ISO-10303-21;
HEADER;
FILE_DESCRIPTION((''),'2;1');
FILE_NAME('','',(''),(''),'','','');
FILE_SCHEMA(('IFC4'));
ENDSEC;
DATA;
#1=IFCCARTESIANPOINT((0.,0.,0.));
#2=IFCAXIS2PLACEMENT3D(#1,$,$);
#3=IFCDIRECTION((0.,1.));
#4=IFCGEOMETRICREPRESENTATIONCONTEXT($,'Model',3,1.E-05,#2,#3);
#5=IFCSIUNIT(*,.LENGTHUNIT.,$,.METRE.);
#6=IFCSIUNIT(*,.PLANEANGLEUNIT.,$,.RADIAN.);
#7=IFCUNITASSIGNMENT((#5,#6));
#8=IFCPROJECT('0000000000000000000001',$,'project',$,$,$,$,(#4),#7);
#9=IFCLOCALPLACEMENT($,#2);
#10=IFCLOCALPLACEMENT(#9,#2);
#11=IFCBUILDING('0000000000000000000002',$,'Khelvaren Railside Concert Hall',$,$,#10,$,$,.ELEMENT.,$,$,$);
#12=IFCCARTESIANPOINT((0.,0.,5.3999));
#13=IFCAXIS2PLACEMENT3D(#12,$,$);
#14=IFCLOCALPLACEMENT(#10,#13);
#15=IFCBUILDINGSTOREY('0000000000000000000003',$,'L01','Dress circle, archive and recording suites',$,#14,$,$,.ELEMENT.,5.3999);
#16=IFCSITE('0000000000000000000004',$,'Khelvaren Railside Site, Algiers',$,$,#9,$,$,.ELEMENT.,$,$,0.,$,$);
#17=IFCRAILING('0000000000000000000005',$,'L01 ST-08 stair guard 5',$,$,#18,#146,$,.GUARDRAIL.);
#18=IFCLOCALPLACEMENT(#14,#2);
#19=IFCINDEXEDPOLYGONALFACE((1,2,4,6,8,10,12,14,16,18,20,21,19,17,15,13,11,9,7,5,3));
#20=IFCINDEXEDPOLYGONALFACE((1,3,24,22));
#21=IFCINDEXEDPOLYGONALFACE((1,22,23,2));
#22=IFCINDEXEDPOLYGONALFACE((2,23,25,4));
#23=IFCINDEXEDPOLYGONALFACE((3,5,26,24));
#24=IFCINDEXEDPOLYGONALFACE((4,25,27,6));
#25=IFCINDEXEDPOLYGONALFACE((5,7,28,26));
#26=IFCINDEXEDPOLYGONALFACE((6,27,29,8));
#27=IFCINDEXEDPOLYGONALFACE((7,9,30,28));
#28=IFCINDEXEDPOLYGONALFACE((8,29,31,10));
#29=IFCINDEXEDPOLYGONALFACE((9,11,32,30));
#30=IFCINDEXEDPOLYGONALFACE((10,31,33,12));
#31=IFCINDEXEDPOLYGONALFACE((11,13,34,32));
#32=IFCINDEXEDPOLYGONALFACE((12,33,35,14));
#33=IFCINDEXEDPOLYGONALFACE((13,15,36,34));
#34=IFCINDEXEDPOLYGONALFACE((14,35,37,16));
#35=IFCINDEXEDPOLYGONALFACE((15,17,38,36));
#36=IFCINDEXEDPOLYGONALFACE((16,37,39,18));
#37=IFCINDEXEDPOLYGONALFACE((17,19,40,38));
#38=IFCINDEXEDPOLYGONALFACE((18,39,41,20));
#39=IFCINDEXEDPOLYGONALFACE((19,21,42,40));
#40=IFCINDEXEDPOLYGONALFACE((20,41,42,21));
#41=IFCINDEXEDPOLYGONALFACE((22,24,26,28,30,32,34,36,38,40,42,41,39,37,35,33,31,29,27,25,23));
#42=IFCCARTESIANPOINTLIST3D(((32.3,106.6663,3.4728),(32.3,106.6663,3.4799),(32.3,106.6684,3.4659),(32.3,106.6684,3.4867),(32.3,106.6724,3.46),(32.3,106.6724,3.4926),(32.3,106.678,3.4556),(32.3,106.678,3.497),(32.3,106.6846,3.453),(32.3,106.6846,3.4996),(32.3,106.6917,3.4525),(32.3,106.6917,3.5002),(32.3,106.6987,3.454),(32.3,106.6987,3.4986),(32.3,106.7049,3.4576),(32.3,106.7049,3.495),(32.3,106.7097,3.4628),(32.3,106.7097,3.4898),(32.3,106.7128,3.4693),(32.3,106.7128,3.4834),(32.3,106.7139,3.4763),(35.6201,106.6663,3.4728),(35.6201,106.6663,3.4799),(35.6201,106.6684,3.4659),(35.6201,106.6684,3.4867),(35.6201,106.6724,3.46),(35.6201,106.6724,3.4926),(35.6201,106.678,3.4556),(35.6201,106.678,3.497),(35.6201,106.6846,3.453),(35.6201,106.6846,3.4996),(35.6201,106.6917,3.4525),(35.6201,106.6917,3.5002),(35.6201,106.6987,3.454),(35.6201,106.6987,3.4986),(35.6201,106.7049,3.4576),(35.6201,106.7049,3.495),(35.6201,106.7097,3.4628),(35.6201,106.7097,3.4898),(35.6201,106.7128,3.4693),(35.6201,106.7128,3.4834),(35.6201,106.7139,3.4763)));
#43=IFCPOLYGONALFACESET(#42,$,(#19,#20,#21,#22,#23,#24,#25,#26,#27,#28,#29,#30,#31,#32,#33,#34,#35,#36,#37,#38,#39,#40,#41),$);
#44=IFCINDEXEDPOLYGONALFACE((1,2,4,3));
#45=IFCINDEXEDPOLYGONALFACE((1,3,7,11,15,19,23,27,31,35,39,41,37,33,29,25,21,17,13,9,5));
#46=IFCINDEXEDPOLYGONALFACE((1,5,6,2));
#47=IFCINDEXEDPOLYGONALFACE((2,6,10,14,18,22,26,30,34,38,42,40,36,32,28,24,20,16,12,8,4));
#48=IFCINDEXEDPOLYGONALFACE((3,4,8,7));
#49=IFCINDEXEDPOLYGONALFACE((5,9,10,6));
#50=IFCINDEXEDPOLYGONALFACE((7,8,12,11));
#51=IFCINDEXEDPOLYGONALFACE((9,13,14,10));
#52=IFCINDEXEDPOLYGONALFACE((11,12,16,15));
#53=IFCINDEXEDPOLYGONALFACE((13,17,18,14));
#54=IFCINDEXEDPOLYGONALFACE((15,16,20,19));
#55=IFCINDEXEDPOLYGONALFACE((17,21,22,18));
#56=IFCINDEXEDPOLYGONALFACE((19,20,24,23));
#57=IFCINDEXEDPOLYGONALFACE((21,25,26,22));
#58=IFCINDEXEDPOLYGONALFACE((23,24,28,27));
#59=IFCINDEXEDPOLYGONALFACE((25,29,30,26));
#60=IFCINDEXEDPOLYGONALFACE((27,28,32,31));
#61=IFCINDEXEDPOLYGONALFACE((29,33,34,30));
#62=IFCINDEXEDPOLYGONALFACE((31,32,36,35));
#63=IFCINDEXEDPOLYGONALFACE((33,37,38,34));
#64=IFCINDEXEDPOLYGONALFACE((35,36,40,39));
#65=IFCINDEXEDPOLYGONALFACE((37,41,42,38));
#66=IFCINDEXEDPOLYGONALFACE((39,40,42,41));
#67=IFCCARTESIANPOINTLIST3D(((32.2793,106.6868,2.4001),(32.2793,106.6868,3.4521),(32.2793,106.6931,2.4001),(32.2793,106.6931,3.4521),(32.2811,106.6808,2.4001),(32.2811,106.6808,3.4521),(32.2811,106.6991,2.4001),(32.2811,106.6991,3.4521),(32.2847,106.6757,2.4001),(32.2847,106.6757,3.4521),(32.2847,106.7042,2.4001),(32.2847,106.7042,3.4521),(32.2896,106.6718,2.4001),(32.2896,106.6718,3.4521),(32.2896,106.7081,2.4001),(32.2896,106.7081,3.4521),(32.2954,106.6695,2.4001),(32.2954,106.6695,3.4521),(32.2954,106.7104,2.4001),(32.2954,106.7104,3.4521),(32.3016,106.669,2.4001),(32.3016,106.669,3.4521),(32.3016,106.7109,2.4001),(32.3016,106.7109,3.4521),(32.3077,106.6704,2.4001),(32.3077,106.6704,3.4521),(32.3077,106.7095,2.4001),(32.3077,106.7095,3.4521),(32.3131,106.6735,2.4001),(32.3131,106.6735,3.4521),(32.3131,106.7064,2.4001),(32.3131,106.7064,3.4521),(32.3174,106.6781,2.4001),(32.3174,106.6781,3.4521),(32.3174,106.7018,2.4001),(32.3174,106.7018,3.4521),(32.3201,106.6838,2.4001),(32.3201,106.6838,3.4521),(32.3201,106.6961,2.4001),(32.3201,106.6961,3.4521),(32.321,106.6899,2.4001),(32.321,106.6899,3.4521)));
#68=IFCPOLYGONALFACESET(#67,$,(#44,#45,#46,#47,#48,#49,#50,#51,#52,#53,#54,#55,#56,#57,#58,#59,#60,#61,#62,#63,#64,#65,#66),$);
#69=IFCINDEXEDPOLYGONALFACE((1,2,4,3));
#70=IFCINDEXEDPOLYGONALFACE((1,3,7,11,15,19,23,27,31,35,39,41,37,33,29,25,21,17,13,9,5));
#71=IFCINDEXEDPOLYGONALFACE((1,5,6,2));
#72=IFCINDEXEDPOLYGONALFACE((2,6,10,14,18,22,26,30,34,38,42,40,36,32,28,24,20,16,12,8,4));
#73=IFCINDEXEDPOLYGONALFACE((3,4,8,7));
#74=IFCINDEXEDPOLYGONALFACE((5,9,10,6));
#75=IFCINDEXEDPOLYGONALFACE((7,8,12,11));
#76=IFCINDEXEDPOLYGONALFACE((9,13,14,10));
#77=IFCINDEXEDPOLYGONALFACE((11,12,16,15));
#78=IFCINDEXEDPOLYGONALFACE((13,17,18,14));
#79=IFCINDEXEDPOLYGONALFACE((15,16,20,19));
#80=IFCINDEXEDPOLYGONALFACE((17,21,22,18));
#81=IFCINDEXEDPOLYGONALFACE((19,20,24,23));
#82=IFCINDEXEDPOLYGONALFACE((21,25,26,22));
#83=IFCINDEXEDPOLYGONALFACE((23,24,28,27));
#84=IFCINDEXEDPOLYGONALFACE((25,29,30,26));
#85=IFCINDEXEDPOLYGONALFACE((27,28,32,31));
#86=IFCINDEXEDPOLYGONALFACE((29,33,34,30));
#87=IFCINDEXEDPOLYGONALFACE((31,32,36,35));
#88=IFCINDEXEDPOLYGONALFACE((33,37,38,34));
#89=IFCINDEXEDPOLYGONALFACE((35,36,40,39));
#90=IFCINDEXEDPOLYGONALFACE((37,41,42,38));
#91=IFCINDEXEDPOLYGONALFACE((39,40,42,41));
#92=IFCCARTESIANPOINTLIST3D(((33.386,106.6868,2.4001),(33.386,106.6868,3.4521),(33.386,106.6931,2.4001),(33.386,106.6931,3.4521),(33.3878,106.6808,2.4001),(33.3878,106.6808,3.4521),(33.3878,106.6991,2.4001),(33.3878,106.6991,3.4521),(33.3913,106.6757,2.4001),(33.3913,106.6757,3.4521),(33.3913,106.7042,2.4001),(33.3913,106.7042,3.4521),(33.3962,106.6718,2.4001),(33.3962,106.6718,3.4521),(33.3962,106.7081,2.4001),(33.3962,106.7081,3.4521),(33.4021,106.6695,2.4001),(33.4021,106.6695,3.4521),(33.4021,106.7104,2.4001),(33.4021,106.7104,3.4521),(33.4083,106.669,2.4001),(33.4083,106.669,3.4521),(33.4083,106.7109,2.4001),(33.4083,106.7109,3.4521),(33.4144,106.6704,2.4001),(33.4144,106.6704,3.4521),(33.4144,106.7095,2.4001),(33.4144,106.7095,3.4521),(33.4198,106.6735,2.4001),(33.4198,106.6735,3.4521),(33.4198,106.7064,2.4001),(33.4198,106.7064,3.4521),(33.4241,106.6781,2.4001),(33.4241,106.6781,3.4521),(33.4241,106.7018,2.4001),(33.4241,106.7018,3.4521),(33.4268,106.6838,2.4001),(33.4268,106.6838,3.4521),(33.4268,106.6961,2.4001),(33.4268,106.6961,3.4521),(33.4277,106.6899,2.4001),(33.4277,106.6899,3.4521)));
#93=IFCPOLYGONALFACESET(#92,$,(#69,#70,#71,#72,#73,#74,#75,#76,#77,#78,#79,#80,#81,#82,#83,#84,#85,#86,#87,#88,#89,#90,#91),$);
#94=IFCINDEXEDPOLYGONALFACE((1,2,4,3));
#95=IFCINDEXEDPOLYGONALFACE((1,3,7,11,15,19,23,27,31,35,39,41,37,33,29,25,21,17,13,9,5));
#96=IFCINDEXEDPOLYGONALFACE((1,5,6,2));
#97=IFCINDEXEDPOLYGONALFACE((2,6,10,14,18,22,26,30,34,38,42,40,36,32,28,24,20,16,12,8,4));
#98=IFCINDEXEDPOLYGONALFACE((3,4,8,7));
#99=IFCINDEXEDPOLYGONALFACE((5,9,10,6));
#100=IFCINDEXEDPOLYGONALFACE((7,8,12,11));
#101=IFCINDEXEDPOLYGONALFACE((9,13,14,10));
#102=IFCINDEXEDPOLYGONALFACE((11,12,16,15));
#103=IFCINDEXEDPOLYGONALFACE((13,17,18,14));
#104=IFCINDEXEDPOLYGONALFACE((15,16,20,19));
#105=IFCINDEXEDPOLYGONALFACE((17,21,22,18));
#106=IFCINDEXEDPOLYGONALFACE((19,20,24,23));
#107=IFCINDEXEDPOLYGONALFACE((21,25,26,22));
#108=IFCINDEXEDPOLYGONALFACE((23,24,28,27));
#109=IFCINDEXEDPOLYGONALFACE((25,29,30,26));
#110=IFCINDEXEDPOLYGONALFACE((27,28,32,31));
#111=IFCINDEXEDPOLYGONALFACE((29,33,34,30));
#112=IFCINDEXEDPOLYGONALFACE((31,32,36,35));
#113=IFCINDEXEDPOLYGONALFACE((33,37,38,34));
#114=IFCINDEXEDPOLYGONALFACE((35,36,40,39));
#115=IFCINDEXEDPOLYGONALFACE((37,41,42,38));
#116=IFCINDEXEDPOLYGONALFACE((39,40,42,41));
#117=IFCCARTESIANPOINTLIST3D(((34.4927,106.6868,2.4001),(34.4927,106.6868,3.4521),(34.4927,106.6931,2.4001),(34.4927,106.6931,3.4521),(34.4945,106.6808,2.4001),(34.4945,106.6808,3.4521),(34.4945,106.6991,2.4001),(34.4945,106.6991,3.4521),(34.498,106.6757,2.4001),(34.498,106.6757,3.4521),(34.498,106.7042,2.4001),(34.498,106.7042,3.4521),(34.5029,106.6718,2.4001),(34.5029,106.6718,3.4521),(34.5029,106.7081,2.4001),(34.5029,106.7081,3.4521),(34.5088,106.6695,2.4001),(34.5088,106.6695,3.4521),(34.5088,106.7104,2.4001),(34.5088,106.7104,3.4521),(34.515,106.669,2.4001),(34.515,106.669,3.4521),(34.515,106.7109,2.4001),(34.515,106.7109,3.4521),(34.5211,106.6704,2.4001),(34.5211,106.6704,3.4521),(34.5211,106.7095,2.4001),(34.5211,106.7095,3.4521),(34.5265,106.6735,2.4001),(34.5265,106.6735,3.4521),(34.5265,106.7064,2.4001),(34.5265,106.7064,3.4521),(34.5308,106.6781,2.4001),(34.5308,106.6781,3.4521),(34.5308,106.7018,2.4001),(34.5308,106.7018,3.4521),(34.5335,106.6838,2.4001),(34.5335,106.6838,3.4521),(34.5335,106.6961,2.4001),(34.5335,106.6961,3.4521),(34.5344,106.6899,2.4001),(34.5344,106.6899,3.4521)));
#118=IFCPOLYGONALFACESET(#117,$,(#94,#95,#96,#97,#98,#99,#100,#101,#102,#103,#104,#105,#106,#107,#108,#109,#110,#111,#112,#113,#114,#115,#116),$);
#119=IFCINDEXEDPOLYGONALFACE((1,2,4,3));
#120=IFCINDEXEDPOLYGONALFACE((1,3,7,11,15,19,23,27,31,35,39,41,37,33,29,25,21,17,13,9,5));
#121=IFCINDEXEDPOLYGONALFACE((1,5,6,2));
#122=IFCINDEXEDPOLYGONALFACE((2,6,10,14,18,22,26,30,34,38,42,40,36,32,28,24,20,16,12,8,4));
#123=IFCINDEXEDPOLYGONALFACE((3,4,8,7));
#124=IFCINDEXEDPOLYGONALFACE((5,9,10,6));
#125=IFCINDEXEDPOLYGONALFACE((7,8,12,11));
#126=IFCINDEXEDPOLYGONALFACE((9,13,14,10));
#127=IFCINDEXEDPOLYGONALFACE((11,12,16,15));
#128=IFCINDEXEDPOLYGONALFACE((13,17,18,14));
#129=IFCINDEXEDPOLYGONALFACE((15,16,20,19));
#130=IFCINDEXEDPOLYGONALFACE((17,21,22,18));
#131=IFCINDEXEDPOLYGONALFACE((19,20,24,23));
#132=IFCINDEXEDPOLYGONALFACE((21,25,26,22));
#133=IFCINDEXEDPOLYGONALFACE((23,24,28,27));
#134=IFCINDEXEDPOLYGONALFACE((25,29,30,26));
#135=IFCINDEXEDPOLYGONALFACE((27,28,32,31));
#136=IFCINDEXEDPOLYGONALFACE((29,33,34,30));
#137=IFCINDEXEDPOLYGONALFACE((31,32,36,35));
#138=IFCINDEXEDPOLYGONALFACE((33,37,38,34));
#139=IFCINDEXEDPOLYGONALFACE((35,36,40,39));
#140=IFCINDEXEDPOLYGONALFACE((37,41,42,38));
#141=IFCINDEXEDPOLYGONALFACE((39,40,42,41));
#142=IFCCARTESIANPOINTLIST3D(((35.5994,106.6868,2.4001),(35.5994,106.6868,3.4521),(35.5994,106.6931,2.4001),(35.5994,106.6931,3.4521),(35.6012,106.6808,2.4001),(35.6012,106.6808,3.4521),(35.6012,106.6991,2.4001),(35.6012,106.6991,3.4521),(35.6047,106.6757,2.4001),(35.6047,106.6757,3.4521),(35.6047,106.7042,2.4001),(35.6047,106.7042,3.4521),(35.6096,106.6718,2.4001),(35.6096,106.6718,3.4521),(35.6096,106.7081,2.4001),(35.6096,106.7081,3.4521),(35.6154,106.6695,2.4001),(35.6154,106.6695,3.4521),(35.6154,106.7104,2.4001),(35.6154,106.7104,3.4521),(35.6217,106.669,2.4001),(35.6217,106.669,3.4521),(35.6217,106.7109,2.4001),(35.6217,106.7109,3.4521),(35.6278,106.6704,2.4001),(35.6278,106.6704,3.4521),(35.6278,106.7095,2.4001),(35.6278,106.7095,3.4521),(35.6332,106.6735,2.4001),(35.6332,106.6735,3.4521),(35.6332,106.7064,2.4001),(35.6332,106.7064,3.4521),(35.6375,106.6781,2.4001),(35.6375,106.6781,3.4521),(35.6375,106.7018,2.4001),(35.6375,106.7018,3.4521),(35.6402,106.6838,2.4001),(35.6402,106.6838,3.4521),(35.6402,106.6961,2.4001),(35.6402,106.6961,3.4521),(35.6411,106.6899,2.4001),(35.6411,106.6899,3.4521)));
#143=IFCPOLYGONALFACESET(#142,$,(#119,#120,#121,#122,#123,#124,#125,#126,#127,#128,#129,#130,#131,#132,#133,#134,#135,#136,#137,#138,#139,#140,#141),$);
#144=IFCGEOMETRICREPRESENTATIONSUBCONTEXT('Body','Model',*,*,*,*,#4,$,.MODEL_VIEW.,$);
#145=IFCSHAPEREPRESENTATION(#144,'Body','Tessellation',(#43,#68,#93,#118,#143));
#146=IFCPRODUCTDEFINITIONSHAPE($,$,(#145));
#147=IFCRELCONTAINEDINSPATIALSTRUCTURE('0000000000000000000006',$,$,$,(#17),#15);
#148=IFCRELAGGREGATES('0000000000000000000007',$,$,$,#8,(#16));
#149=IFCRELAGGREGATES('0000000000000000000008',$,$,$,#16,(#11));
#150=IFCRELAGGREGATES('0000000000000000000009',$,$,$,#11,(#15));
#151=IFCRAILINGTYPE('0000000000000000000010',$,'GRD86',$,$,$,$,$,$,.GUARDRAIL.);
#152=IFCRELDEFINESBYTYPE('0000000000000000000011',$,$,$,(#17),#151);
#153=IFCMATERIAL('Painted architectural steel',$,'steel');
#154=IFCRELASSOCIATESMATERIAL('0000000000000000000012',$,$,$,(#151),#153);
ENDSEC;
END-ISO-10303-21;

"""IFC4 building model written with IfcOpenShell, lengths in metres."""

from ifc_helpers import new_model, si_unit, direction, frame, origin, origin_2d, place, context, subcontext, project, spatial, circle, extrude, material, type_object, element, save


model = new_model("IFC4")

# Units and contexts
model_context = context("Model", 3, precision=1e-05, world=origin(), true_north=direction((0.0, 1.0)))
body_context = subcontext(model_context, "Body", "Model", "MODEL_VIEW")
ifc_project = project(units=[si_unit("LENGTHUNIT", "METRE"), si_unit("PLANEANGLEUNIT", "RADIAN")], contexts=[model_context])

# Site, building, storey
site_placement = place(None, origin())
site = spatial("IfcSite", under=ifc_project, at=site_placement, Name="Khelvaren Railside Site, Algiers", CompositionType="ELEMENT", RefElevation=0.0)
building_placement = place(site_placement, origin())
building = spatial("IfcBuilding", under=site, at=building_placement, Name="Khelvaren Railside Concert Hall", CompositionType="ELEMENT")
storey_placement = place(building_placement, frame((0.0, 0.0, 5.3999)))
storey = spatial("IfcBuildingStorey", under=building, at=storey_placement, Name="L01", Description="Dress circle, archive and recording suites", CompositionType="ELEMENT", Elevation=5.3999)

# Railing
ifc_material_1 = material(Name="Painted architectural steel", Category="steel")
railing_type_1 = type_object("IfcRailingType", Name="GRD86", PredefinedType="GUARDRAIL", material=ifc_material_1)
railing_1_placement = place(storey_placement, frame((32.3, 106.6899, 2.4001)))
element("IfcRailing", 1, at=railing_1_placement, inside=storey, type_object=railing_type_1, Name="L01 ST-08 stair guard 5", PredefinedType="GUARDRAIL", context=body_context, shape_type="SweptSolid", body=[
    extrude(circle(Radius=0.0239, at=origin_2d()), frame((0.0, 0.0, 1.0762), z_axis=(1.0, 0.0, 0.0), x_axis=(0.0, 1.0, 0.0)), (0.0, 0.0, 1.0), 3.3201),
    extrude(circle(Radius=0.021, at=origin_2d()), origin(), (0.0, 0.0, 1.0), 1.052),
    extrude(circle(Radius=0.021, at=origin_2d()), frame((1.1067, 0.0, 0.0)), (0.0, 0.0, 1.0), 1.052),
    extrude(circle(Radius=0.021, at=origin_2d()), frame((2.2134, 0.0, 0.0)), (0.0, 0.0, 1.0), 1.052),
    extrude(circle(Radius=0.021, at=origin_2d()), frame((3.3201, 0.0, 0.0)), (0.0, 0.0, 1.0), 1.052),
])

save(model, "model.ifc")
